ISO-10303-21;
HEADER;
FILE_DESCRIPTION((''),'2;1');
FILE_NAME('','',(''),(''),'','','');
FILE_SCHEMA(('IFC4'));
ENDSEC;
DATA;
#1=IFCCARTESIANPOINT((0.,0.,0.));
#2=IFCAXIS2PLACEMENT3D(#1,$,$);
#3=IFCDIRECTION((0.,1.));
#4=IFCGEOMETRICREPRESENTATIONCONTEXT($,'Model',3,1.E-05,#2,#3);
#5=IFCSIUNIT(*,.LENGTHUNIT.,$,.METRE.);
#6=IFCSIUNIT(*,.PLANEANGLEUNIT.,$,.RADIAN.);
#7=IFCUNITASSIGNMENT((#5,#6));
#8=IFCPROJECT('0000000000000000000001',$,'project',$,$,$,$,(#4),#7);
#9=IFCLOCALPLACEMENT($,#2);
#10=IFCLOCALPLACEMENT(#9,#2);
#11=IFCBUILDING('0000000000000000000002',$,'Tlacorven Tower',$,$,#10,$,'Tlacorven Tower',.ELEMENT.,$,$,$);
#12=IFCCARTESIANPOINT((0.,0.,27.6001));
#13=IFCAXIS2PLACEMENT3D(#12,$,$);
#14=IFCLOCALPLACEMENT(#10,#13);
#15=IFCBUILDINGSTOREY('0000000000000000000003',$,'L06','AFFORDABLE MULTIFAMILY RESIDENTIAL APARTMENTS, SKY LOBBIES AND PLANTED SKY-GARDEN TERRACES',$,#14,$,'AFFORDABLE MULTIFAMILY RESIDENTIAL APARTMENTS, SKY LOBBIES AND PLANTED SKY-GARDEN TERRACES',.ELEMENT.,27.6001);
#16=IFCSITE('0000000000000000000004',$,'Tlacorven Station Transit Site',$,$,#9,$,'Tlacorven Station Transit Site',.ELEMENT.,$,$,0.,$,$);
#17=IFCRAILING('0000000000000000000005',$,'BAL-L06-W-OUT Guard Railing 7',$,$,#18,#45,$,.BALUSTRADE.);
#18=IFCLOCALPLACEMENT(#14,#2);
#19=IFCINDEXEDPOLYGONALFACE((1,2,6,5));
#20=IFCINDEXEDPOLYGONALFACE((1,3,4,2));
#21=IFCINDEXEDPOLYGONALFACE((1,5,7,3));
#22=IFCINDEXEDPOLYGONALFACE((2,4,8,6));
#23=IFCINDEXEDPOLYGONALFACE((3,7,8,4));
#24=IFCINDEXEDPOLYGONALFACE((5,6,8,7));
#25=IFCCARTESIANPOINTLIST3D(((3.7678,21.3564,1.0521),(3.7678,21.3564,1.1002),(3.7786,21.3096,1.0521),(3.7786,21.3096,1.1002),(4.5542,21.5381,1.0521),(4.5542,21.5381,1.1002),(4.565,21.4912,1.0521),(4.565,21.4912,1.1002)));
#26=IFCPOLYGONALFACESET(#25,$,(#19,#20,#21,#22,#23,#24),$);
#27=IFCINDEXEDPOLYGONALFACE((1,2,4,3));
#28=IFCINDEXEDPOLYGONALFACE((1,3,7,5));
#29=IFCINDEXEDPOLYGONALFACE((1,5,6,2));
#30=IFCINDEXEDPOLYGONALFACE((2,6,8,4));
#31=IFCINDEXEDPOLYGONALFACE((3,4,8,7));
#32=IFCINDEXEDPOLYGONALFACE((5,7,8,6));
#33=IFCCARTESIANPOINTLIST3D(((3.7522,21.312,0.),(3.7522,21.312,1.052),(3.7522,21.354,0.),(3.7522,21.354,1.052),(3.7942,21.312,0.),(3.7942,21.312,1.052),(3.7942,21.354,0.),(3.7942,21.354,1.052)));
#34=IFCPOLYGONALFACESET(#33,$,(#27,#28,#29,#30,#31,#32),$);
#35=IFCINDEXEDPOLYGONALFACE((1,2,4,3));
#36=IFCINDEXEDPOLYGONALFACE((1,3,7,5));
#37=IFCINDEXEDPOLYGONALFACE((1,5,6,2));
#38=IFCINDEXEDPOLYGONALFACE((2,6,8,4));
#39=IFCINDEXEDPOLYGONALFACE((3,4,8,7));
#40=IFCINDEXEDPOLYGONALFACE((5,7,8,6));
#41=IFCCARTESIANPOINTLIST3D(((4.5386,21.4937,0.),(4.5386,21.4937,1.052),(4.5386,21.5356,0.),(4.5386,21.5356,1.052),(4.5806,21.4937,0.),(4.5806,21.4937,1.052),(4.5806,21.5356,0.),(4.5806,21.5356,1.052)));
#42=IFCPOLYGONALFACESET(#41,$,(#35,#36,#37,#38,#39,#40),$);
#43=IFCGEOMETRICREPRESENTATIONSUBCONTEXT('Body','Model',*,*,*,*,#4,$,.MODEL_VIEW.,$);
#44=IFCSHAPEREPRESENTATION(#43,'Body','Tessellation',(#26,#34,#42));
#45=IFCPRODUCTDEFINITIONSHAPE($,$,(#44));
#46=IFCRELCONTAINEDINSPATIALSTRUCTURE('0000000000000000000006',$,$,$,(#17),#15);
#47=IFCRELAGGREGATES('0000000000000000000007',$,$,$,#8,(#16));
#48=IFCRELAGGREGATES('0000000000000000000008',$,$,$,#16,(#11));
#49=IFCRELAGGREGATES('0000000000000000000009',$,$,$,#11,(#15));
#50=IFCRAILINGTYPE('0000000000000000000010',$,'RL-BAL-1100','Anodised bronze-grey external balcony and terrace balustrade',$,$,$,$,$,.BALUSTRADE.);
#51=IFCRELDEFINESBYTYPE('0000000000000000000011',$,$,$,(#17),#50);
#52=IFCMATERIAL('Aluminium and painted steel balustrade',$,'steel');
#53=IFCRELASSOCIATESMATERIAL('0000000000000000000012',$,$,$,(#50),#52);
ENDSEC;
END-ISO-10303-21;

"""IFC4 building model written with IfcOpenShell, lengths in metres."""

from ifc_helpers import new_model, si_unit, direction, frame, origin, origin_2d, place, context, subcontext, project, spatial, rectangle, extrude, source, transform, mapped, material, type_object, element, save


model = new_model("IFC4")

# Units and contexts
model_context = context("Model", 3, precision=1e-05, world=origin(), true_north=direction((0.0, 1.0)))
body_context = subcontext(model_context, "Body", "Model", "MODEL_VIEW")
ifc_project = project(units=[si_unit("LENGTHUNIT", "METRE"), si_unit("PLANEANGLEUNIT", "RADIAN")], contexts=[model_context])

# Site, building, storey
site_placement = place(None, origin())
site = spatial("IfcSite", under=ifc_project, at=site_placement, Name="Tlacorven Station Transit Site", LongName="Tlacorven Station Transit Site", CompositionType="ELEMENT", RefElevation=0.0)
building_placement = place(site_placement, origin())
building = spatial("IfcBuilding", under=site, at=building_placement, Name="Tlacorven Tower", LongName="Tlacorven Tower", CompositionType="ELEMENT")
storey_placement = place(building_placement, frame((0.0, 0.0, 27.6001)))
storey = spatial("IfcBuildingStorey", under=building, at=storey_placement, Name="L06", Description="AFFORDABLE MULTIFAMILY RESIDENTIAL APARTMENTS, SKY LOBBIES AND PLANTED SKY-GARDEN TERRACES", LongName="AFFORDABLE MULTIFAMILY RESIDENTIAL APARTMENTS, SKY LOBBIES AND PLANTED SKY-GARDEN TERRACES", CompositionType="ELEMENT", Elevation=27.6001)

# Railing
ifc_material_1 = material(Name="Aluminium and painted steel balustrade", Category="steel")
railing_type = type_object("IfcRailingType", Name="RL-BAL-1100", Description="Anodised bronze-grey external balcony and terrace balustrade", PredefinedType="BALUSTRADE", material=ifc_material_1)
shared_shape_1 = source(origin(), body_context, "Body", "SweptSolid", [
    extrude(rectangle(XDim=0.0481, YDim=0.0481, at=origin_2d()), frame((0.0, 0.0, 1.0762), z_axis=(0.974345, 0.225058, 0.0), x_axis=(-0.225058, 0.974345, 0.0)), (0.0, 0.0, 1.0), 0.8071),
    extrude(rectangle(XDim=0.042, YDim=0.042, at=origin_2d()), origin(), (0.0, 0.0, 1.0), 1.052),
    extrude(rectangle(XDim=0.042, YDim=0.042, at=origin_2d()), frame((0.7864, 0.1816, 0.0)), (0.0, 0.0, 1.0), 1.052),
])
railing_1_placement = place(storey_placement, frame((3.7732, 21.333, 0.0)))
element("IfcRailing", 1, at=railing_1_placement, inside=storey, type_object=railing_type, Name="BAL-L06-W-OUT Guard Railing 7", PredefinedType="BALUSTRADE", context=body_context, shape_type="MappedRepresentation", body=[
    mapped(shared_shape_1, transform((0.0, 0.0, 0.0), scale=1.0)),
])

save(model, "model.ifc")
